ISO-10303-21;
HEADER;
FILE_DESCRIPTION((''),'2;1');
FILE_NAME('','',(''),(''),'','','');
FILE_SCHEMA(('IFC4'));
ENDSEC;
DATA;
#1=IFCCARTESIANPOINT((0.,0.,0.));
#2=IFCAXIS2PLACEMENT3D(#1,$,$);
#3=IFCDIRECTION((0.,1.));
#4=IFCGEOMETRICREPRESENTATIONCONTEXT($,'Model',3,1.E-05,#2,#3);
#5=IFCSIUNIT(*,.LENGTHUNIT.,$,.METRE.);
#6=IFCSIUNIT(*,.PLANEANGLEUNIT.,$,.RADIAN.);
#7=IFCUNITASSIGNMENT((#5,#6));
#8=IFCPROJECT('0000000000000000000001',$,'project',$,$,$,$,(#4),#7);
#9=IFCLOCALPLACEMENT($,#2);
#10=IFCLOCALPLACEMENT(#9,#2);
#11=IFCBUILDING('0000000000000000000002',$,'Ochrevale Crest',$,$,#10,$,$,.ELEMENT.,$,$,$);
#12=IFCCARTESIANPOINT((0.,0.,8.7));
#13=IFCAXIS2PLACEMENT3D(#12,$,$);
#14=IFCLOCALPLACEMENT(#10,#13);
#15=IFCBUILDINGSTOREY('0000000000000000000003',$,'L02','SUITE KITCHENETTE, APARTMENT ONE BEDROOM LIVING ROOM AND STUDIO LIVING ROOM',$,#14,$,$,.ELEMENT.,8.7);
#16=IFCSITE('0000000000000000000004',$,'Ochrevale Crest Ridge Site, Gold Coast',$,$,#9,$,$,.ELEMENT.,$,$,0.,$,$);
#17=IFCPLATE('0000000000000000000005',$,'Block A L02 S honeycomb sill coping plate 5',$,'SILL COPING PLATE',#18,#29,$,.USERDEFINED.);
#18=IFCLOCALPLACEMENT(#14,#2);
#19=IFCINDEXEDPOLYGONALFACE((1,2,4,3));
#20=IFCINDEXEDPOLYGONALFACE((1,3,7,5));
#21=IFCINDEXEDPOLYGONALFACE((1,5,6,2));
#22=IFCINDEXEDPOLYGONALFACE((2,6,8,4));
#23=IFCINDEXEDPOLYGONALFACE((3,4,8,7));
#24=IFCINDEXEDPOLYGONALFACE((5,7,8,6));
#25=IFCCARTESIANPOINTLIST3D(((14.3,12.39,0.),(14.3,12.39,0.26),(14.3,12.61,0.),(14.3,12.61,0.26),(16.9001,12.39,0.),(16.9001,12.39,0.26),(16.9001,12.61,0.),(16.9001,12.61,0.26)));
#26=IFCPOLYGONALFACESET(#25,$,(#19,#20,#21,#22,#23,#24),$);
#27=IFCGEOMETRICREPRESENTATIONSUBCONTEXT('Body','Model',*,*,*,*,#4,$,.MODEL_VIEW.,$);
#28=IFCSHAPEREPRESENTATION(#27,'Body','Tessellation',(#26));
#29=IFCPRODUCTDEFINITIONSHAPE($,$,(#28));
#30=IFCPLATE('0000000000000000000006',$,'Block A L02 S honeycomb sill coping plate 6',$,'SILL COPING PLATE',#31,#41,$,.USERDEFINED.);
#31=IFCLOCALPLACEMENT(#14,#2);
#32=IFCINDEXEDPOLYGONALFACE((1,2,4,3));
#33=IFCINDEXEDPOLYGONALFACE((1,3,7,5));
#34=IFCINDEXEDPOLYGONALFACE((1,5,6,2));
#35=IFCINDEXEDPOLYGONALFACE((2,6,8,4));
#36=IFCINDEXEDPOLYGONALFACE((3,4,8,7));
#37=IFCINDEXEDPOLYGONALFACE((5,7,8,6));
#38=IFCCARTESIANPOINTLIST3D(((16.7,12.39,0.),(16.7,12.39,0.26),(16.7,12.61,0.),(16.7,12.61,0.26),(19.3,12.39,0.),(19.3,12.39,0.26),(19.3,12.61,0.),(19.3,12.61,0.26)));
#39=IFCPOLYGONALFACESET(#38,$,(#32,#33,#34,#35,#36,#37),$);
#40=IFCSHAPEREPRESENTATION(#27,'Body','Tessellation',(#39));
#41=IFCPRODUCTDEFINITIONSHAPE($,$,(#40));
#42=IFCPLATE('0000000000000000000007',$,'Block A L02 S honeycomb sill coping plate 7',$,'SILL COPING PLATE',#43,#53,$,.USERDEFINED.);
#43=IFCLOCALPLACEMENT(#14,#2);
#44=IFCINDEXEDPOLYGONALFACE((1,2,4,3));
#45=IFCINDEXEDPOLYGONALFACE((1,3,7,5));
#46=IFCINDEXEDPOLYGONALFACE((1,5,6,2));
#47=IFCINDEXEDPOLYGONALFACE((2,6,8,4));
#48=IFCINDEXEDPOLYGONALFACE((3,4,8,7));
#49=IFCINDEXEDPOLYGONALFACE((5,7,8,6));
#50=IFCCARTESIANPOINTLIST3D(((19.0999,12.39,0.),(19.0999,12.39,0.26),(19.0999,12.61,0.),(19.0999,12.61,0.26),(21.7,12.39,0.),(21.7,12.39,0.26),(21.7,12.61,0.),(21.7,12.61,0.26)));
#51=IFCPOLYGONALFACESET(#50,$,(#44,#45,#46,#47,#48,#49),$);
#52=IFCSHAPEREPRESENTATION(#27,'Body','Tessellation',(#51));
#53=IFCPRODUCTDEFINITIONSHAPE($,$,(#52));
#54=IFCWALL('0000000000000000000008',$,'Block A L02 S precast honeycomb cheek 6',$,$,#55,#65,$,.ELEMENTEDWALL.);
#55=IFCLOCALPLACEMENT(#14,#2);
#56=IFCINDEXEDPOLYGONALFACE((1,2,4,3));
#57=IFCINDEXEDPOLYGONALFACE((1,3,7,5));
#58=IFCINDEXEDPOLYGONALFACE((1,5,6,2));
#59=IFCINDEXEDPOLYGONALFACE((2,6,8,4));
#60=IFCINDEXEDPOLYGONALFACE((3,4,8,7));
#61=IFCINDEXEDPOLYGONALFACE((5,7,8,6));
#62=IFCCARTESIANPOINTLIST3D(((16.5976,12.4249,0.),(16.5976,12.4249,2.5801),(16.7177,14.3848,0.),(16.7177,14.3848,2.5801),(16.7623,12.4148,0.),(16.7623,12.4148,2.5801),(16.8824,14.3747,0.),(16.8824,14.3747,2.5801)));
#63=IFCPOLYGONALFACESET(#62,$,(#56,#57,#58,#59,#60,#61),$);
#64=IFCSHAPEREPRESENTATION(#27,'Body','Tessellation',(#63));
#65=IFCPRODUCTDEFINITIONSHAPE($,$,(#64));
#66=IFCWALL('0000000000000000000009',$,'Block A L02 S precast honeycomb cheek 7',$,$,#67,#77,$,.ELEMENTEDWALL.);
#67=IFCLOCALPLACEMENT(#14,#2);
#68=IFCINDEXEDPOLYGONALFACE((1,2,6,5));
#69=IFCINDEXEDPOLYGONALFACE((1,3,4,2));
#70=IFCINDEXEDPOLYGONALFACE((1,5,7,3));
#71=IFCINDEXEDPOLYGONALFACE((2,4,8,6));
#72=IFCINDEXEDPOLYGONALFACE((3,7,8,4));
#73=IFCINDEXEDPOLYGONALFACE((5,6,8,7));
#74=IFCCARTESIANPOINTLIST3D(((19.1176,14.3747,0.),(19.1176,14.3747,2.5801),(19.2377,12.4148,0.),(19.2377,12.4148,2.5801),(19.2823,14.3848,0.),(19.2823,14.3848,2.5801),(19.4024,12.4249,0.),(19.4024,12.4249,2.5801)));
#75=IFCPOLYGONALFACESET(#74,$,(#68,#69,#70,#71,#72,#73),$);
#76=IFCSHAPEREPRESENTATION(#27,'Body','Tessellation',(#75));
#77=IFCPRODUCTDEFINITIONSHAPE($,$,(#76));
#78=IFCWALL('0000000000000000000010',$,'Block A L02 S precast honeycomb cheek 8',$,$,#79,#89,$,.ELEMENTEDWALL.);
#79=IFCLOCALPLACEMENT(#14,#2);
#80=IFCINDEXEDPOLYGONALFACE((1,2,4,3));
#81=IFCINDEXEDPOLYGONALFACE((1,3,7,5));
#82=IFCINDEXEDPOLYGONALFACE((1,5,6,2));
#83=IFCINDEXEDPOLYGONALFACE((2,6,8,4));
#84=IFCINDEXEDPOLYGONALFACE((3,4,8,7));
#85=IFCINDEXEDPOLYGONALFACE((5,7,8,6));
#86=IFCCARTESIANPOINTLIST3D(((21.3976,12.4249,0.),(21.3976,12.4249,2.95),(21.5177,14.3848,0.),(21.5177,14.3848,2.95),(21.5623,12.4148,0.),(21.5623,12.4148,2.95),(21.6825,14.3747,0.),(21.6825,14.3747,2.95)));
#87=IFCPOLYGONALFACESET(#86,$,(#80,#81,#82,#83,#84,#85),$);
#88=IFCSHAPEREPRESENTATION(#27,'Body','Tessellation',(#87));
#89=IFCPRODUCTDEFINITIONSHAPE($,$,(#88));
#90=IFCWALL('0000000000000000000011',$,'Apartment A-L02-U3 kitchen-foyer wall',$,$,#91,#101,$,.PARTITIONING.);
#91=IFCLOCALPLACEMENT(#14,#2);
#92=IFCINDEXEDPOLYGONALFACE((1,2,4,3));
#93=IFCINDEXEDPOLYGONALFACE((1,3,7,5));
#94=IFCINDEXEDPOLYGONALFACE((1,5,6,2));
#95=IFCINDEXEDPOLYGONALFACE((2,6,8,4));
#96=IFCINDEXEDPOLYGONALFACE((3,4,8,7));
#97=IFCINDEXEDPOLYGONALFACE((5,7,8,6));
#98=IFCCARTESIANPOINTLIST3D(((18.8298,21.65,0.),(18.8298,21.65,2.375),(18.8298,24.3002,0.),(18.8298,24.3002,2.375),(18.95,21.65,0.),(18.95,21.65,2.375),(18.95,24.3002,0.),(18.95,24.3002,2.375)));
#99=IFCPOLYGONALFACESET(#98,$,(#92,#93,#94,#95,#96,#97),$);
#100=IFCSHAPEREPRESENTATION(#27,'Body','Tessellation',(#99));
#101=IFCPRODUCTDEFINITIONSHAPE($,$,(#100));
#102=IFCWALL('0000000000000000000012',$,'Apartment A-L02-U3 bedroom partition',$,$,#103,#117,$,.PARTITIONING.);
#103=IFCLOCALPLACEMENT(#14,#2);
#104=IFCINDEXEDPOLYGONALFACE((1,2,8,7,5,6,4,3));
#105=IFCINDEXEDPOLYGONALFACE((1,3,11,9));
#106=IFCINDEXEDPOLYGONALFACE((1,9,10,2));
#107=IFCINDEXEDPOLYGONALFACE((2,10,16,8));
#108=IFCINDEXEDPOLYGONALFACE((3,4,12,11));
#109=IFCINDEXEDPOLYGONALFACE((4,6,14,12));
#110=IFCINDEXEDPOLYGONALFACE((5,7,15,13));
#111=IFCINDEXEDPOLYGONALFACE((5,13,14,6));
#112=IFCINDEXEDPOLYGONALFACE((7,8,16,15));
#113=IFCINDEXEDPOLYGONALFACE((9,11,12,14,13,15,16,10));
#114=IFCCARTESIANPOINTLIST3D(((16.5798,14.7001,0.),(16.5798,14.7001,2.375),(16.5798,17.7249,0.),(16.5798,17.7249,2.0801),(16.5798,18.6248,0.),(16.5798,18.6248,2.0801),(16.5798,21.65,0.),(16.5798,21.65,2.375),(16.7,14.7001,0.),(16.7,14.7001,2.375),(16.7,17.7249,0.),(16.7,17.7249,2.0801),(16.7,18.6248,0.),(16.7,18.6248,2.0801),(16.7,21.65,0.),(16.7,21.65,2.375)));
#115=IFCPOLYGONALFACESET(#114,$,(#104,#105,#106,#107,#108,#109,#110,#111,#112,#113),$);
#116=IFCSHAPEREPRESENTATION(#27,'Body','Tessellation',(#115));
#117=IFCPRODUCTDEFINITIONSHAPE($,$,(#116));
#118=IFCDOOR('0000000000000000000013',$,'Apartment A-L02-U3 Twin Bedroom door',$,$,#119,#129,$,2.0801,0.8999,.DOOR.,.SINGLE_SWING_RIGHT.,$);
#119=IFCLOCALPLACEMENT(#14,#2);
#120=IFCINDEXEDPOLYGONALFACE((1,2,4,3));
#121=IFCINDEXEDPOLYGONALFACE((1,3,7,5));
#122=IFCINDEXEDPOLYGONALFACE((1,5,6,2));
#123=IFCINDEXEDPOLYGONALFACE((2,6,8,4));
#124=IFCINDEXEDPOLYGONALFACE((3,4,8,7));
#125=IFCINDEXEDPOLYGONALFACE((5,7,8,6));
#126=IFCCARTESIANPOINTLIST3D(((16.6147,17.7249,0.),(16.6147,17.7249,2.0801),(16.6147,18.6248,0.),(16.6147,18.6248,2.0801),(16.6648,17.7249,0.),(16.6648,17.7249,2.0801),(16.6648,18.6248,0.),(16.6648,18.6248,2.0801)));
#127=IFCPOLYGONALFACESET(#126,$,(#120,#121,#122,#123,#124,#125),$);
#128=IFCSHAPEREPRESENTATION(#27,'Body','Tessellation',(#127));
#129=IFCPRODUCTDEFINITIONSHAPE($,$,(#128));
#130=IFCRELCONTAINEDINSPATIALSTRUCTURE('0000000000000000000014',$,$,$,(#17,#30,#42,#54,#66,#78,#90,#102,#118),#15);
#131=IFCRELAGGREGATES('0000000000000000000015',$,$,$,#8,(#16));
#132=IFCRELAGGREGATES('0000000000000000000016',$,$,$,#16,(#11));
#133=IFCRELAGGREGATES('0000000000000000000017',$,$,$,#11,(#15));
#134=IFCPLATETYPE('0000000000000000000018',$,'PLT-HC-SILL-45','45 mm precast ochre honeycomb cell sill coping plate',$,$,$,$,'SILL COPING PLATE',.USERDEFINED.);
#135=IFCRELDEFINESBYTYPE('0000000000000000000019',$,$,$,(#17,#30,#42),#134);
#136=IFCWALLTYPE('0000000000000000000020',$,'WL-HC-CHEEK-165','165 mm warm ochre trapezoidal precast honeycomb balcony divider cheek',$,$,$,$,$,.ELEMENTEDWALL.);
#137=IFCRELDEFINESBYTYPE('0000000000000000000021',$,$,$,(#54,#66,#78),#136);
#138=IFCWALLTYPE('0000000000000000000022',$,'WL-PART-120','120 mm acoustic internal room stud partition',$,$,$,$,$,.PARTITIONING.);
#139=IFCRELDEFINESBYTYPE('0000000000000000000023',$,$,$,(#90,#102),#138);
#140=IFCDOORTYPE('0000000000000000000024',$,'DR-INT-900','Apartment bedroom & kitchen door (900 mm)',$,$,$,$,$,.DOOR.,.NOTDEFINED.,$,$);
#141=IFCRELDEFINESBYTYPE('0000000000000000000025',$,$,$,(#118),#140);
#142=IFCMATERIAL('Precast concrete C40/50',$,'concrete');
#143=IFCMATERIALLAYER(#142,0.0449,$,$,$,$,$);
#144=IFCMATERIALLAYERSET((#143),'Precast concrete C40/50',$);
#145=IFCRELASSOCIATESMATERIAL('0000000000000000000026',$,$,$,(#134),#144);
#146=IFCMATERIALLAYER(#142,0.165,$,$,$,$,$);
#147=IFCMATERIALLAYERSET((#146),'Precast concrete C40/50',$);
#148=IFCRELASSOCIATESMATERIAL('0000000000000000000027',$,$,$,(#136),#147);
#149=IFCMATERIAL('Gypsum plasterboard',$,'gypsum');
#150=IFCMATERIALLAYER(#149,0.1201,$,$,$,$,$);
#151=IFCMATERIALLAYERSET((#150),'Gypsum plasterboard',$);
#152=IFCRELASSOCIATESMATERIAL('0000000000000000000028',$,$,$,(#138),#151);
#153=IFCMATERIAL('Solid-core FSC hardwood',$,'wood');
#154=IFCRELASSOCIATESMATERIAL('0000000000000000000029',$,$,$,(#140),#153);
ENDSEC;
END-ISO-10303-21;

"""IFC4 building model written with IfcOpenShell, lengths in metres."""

from ifc_helpers import new_model, si_unit, direction, frame, frame_2d, origin, origin_2d, place, context, subcontext, project, spatial, rectangle, extrude, material, layer, layer_set, type_object, element, fill, save


model = new_model("IFC4")

# Units and contexts
model_context = context("Model", 3, precision=1e-05, world=origin(), true_north=direction((0.0, 1.0)))
body_context = subcontext(model_context, "Body", "Model", "MODEL_VIEW")
ifc_project = project(units=[si_unit("LENGTHUNIT", "METRE"), si_unit("PLANEANGLEUNIT", "RADIAN")], contexts=[model_context])

# Site, building, storey
site_placement = place(None, origin())
site = spatial("IfcSite", under=ifc_project, at=site_placement, Name="Ochrevale Crest Ridge Site, Gold Coast", CompositionType="ELEMENT", RefElevation=0.0)
building_placement = place(site_placement, origin())
building = spatial("IfcBuilding", under=site, at=building_placement, Name="Ochrevale Crest", CompositionType="ELEMENT")
storey_placement = place(building_placement, frame((0.0, 0.0, 8.7)))
storey = spatial("IfcBuildingStorey", under=building, at=storey_placement, Name="L02", Description="SUITE KITCHENETTE, APARTMENT ONE BEDROOM LIVING ROOM AND STUDIO LIVING ROOM", CompositionType="ELEMENT", Elevation=8.7)

# Shared definitions
ifc_material_1 = material(Name="Precast concrete C40/50", Category="concrete")

# Plates
ifc_layer_1 = layer(ifc_material_1, 0.0449)
ifc_layer_set_1 = layer_set([ifc_layer_1], Name="Precast concrete C40/50")
plate_type_1 = type_object("IfcPlateType", Name="PLT-HC-SILL-45", Description="45 mm precast ochre honeycomb cell sill coping plate", ElementType="SILL COPING PLATE", PredefinedType="USERDEFINED", material=ifc_layer_set_1)
for number, where, z_axis, x_axis, name in (
    (1, (15.6001, 12.5, 0.0), (0.0, 0.0, 1.0), (1.0, 0.0, 0.0), "Block A L02 S honeycomb sill coping plate 5"),
    (2, (18.0, 12.5, 0.0), (0.0, 0.0, 1.0), (1.0, 0.0, 0.0), "Block A L02 S honeycomb sill coping plate 6"),
    (3, (20.3999, 12.5, 0.0), (0.0, 0.0, 1.0), (1.0, 0.0, 0.0), "Block A L02 S honeycomb sill coping plate 7"),
):
    element("IfcPlate", number, at=place(storey_placement, frame(where, z_axis=z_axis, x_axis=x_axis)), inside=storey, type_object=plate_type_1, Name=name, ObjectType="SILL COPING PLATE", PredefinedType="USERDEFINED", context=body_context, shape_type="SweptSolid", body=[
        extrude(rectangle(XDim=2.6001, YDim=0.22, at=origin_2d()), origin(), (0.0, 0.0, 1.0), 0.26),
    ])

# Walls
ifc_layer_2 = layer(ifc_material_1, 0.165)
ifc_layer_set_2 = layer_set([ifc_layer_2], Name="Precast concrete C40/50")
wall_type_1 = type_object("IfcWallType", Name="WL-HC-CHEEK-165", Description="165 mm warm ochre trapezoidal precast honeycomb balcony divider cheek", PredefinedType="ELEMENTEDWALL", material=ifc_layer_set_2)
for number, where, z_axis, x_axis, name in (
    (4, (16.8, 14.3799, 0.0), (0.0, 0.0, 1.0), (-0.061171, -0.998127, 0.0), "Block A L02 S precast honeycomb cheek 6"),
    (5, (19.2, 14.3799, 0.0), (0.0, 0.0, 1.0), (0.061171, -0.998127, 0.0), "Block A L02 S precast honeycomb cheek 7"),
):
    element("IfcWall", number, at=place(storey_placement, frame(where, z_axis=z_axis, x_axis=x_axis)), inside=storey, type_object=wall_type_1, Name=name, PredefinedType="ELEMENTEDWALL", context=body_context, shape_type="SweptSolid", body=[
        extrude(rectangle(XDim=1.9636, YDim=0.165, at=frame_2d((0.9819, 0.0))), origin(), (0.0, 0.0, 1.0), 2.5801),
    ])
wall_1_placement = place(storey_placement, frame((21.6001, 14.3799, 0.0), z_axis=(0.0, 0.0, 1.0), x_axis=(-0.061171, -0.998127, 0.0)))
element("IfcWall", 6, at=wall_1_placement, inside=storey, type_object=wall_type_1, Name="Block A L02 S precast honeycomb cheek 8", PredefinedType="ELEMENTEDWALL", context=body_context, shape_type="SweptSolid", body=[
    extrude(rectangle(XDim=1.9636, YDim=0.165, at=frame_2d((0.9819, 0.0))), origin(), (0.0, 0.0, 1.0), 2.95),
])
ifc_material_2 = material(Name="Gypsum plasterboard", Category="gypsum")
ifc_layer_3 = layer(ifc_material_2, 0.1201)
ifc_layer_set_3 = layer_set([ifc_layer_3], Name="Gypsum plasterboard")
wall_type_2 = type_object("IfcWallType", Name="WL-PART-120", Description="120 mm acoustic internal room stud partition", PredefinedType="PARTITIONING", material=ifc_layer_set_3)
wall_2_placement = place(storey_placement, frame((18.8899, 21.6499, 0.0), z_axis=(0.0, 0.0, 1.0), x_axis=(0.0, 1.0, 0.0)))
element("IfcWall", 7, at=wall_2_placement, inside=storey, type_object=wall_type_2, Name="Apartment A-L02-U3 kitchen-foyer wall", PredefinedType="PARTITIONING", context=body_context, shape_type="SweptSolid", body=[
    extrude(rectangle(XDim=2.6501, YDim=0.1201, at=frame_2d((1.3252, 0.0))), origin(), (0.0, 0.0, 1.0), 2.375),
])

# Wall, opening, door
wall_3_placement = place(storey_placement, frame((16.6399, 14.7, 0.0), z_axis=(0.0, 0.0, 1.0), x_axis=(0.0, 1.0, 0.0)))
wall_3 = element("IfcWall", 8, at=wall_3_placement, inside=storey, type_object=wall_type_2, Name="Apartment A-L02-U3 bedroom partition", PredefinedType="PARTITIONING", context=body_context, shape_type="SweptSolid", body=[
    extrude(rectangle(XDim=6.95, YDim=0.1201, at=frame_2d((3.4751, 0.0))), origin(), (0.0, 0.0, 1.0), 2.375),
])
opening_1_placement = place(wall_3_placement, frame((3.9248, 0.0, 0.0), z_axis=(0.0, 0.0, 1.0), x_axis=(-1.0, 0.0, 0.0)))
opening_1 = element("IfcOpeningElement", 9, at=opening_1_placement, cuts=wall_3, PredefinedType="OPENING", context=body_context, shape_type="SweptSolid", body=[
    extrude(rectangle(XDim=0.8999, YDim=2.0801, at=frame_2d((0.45, 1.04))), frame((0.0, 0.0701, 0.0), z_axis=(0.0, -1.0, 0.0), x_axis=(1.0, 0.0, 0.0)), (0.0, 0.0, 1.0), 0.1401),
])
ifc_material_3 = material(Name="Solid-core FSC hardwood", Category="wood")
door_type_1 = type_object("IfcDoorType", Name="DR-INT-900", Description="Apartment bedroom & kitchen door (900 mm)", OperationType="NOTDEFINED", PredefinedType="DOOR", material=ifc_material_3)
door_1_placement = place(opening_1_placement, origin())
door_1 = element("IfcDoor", 10, at=door_1_placement, inside=storey, type_object=door_type_1, Name="Apartment A-L02-U3 Twin Bedroom door", OperationType="SINGLE_SWING_RIGHT", OverallHeight=2.0801, OverallWidth=0.8999, PredefinedType="DOOR", context=body_context, shape_type="SweptSolid", body=[
    extrude(rectangle(XDim=0.8999, YDim=2.0801, at=frame_2d((0.45, 1.04))), frame((0.0, 0.0249, 0.0), z_axis=(0.0, -1.0, 0.0), x_axis=(1.0, 0.0, 0.0)), (0.0, 0.0, 1.0), 0.05),
])
fill(opening_1, door_1)

save(model, "model.ifc")
